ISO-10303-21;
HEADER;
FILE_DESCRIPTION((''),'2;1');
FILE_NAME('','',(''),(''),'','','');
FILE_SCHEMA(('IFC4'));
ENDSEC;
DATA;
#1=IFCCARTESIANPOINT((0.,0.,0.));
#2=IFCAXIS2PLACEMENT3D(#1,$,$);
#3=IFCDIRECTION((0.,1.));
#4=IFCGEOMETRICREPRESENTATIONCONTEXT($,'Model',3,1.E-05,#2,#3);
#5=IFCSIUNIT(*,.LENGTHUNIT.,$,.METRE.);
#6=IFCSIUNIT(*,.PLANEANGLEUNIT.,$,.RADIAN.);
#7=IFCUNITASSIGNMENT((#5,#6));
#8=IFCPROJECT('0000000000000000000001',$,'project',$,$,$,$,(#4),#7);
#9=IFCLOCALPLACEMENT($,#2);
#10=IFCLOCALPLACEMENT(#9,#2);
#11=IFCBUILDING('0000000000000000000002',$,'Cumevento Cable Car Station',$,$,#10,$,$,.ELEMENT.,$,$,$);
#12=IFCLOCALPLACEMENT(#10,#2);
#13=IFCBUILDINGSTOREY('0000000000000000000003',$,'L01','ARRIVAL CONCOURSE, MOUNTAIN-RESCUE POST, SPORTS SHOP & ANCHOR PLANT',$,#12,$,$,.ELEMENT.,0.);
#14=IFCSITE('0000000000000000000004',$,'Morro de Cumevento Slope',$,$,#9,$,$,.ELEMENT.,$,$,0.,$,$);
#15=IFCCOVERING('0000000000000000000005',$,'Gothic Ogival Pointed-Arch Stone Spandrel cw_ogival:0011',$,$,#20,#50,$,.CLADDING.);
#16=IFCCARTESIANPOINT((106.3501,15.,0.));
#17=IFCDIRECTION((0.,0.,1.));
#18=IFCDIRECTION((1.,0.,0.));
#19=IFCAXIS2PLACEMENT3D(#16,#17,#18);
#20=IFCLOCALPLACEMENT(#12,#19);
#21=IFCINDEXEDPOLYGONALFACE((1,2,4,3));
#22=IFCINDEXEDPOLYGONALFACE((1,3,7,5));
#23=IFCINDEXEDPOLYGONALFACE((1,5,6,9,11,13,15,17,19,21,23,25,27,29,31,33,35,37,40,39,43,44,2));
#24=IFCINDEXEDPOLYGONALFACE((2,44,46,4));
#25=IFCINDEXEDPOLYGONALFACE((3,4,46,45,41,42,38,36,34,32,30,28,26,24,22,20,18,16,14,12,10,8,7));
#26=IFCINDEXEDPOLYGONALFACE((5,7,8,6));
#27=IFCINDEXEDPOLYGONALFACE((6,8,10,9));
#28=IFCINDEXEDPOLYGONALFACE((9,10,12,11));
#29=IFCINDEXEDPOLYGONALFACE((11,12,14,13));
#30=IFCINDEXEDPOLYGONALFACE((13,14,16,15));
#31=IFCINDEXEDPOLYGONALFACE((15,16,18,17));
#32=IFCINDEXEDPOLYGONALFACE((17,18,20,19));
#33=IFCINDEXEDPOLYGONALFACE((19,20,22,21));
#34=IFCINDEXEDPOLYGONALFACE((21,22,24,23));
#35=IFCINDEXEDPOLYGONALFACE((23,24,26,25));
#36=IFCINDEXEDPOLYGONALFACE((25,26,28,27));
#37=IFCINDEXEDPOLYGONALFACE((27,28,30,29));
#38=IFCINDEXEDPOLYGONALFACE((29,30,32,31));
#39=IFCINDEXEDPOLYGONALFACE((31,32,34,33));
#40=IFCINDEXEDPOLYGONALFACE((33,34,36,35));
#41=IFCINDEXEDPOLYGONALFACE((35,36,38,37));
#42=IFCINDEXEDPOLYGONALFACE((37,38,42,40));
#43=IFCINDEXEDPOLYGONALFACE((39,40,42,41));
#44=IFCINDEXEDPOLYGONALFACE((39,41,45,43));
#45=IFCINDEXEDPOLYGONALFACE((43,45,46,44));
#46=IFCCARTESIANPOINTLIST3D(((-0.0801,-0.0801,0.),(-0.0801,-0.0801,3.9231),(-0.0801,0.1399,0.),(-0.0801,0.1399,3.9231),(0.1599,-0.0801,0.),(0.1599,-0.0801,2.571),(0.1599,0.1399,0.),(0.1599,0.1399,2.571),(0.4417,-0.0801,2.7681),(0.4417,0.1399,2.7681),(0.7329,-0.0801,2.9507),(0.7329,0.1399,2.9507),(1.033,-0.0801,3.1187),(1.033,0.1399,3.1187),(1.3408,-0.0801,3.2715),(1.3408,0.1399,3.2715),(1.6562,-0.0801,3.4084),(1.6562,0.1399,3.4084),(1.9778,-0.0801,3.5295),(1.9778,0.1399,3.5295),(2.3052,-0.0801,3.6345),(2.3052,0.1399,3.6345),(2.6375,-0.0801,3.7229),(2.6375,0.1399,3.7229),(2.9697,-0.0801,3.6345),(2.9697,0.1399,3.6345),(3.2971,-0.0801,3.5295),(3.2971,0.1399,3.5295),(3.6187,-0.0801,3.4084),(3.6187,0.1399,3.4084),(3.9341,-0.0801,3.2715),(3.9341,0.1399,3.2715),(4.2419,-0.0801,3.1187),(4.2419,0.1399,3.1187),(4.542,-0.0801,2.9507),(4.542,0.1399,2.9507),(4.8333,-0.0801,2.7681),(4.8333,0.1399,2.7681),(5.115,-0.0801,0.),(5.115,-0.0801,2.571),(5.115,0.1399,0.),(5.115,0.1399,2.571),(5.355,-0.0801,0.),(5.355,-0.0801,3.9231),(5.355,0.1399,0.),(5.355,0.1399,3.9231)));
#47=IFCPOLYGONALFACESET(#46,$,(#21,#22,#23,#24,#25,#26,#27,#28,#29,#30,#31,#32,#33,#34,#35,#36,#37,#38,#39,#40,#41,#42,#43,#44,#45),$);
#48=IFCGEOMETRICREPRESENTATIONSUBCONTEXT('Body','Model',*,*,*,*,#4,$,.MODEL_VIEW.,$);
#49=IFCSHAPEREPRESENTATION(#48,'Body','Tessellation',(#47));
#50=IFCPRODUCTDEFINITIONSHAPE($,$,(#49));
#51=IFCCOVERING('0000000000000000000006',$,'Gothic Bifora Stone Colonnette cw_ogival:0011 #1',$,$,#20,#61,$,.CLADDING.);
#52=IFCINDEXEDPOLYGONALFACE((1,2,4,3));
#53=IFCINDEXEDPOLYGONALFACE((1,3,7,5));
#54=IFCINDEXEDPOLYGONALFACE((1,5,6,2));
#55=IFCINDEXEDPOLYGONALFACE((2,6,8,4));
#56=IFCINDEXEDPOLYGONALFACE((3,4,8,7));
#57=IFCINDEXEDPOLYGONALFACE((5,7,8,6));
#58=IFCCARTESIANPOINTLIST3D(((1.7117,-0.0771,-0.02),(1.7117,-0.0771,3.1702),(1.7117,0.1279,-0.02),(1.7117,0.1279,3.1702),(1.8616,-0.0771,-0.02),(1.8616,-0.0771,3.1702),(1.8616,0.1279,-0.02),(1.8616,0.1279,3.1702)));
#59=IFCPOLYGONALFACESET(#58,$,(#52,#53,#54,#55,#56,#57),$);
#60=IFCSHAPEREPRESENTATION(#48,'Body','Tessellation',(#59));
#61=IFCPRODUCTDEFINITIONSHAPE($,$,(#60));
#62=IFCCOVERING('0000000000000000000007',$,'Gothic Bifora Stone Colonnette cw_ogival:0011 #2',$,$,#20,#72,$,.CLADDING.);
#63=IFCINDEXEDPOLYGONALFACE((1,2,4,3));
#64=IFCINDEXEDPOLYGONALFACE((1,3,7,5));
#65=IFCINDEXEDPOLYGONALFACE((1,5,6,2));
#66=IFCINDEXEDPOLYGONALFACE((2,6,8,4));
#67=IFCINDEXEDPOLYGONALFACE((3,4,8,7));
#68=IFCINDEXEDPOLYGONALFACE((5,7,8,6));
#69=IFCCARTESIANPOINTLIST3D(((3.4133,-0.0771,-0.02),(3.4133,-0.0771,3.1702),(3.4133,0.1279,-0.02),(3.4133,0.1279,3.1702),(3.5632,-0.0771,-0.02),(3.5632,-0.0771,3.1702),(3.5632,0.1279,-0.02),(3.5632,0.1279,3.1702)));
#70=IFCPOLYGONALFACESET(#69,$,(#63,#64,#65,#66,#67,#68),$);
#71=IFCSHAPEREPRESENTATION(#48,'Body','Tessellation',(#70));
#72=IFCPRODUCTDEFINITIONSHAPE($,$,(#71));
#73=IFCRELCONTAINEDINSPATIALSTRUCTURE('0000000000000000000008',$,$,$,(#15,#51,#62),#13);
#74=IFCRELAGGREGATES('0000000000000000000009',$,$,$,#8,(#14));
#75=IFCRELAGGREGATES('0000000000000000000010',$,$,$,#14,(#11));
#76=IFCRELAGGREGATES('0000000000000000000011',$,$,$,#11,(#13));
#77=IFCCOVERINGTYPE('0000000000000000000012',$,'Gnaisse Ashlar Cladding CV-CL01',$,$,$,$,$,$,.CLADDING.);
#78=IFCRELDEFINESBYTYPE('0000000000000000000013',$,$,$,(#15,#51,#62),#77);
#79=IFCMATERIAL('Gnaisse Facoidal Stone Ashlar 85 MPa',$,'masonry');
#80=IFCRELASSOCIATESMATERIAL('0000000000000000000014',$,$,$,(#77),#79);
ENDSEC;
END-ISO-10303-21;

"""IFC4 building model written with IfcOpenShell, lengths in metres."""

from ifc_helpers import new_model, si_unit, direction, frame, origin, place, context, subcontext, project, spatial, polyline, outline, extrude, material, type_object, element, save


model = new_model("IFC4")

# Units and contexts
model_context = context("Model", 3, precision=1e-05, world=origin(), true_north=direction((0.0, 1.0)))
body_context = subcontext(model_context, "Body", "Model", "MODEL_VIEW")
ifc_project = project(units=[si_unit("LENGTHUNIT", "METRE"), si_unit("PLANEANGLEUNIT", "RADIAN")], contexts=[model_context])

# Site, building, storey
site_placement = place(None, origin())
site = spatial("IfcSite", under=ifc_project, at=site_placement, Name="Morro de Cumevento Slope", CompositionType="ELEMENT", RefElevation=0.0)
building_placement = place(site_placement, origin())
building = spatial("IfcBuilding", under=site, at=building_placement, Name="Cumevento Cable Car Station", CompositionType="ELEMENT")
storey_placement = place(building_placement, origin())
storey = spatial("IfcBuildingStorey", under=building, at=storey_placement, Name="L01", Description="ARRIVAL CONCOURSE, MOUNTAIN-RESCUE POST, SPORTS SHOP & ANCHOR PLANT", CompositionType="ELEMENT", Elevation=0.0)

# Coverings
ifc_material_1 = material(Name="Gnaisse Facoidal Stone Ashlar 85 MPa", Category="masonry")
covering_type = type_object("IfcCoveringType", Name="Gnaisse Ashlar Cladding CV-CL01", PredefinedType="CLADDING", material=ifc_material_1)
placement = place(storey_placement, frame((106.3501, 15.0, 0.0), z_axis=(0.0, 0.0, 1.0), x_axis=(1.0, 0.0, 0.0)))
element("IfcCovering", 1, at=placement, inside=storey, type_object=covering_type, Name="Gothic Ogival Pointed-Arch Stone Spandrel cw_ogival:0011", PredefinedType="CLADDING", context=body_context, shape_type="SweptSolid", body=[
    extrude(outline(polyline([(-0.0801, 0.0), (-0.0801, 3.9231), (5.355, 3.9231), (5.355, 0.0), (5.115, 0.0), (5.115, 2.571), (4.8333, 2.7681), (4.542, 2.9507), (4.2419, 3.1187), (3.9341, 3.2715), (3.6187, 3.4084), (3.2971, 3.5295), (2.9697, 3.6345), (2.6375, 3.7229), (2.3052, 3.6345), (1.9778, 3.5295), (1.6562, 3.4084), (1.3408, 3.2715), (1.033, 3.1187), (0.7329, 2.9507), (0.4417, 2.7681), (0.1599, 2.571), (0.1599, 0.0), (-0.0801, 0.0)])), frame((0.0, 0.1399, 0.0), z_axis=(0.0, -1.0, 0.0), x_axis=(1.0, 0.0, 0.0)), (0.0, 0.0, 1.0), 0.22),
])
element("IfcCovering", 2, at=placement, inside=storey, type_object=covering_type, Name="Gothic Bifora Stone Colonnette cw_ogival:0011 #1", PredefinedType="CLADDING", context=body_context, shape_type="SweptSolid", body=[
    extrude(outline(polyline([(1.7117, -0.02), (1.8616, -0.02), (1.8616, 3.1702), (1.7117, 3.1702), (1.7117, -0.02)])), frame((0.0, 0.1279, 0.0), z_axis=(0.0, -1.0, 0.0), x_axis=(1.0, 0.0, 0.0)), (0.0, 0.0, 1.0), 0.2051),
])
element("IfcCovering", 3, at=placement, inside=storey, type_object=covering_type, Name="Gothic Bifora Stone Colonnette cw_ogival:0011 #2", PredefinedType="CLADDING", context=body_context, shape_type="SweptSolid", body=[
    extrude(outline(polyline([(3.4133, -0.02), (3.5632, -0.02), (3.5632, 3.1702), (3.4133, 3.1702), (3.4133, -0.02)])), frame((0.0, 0.1279, 0.0), z_axis=(0.0, -1.0, 0.0), x_axis=(1.0, 0.0, 0.0)), (0.0, 0.0, 1.0), 0.2051),
])

save(model, "model.ifc")
